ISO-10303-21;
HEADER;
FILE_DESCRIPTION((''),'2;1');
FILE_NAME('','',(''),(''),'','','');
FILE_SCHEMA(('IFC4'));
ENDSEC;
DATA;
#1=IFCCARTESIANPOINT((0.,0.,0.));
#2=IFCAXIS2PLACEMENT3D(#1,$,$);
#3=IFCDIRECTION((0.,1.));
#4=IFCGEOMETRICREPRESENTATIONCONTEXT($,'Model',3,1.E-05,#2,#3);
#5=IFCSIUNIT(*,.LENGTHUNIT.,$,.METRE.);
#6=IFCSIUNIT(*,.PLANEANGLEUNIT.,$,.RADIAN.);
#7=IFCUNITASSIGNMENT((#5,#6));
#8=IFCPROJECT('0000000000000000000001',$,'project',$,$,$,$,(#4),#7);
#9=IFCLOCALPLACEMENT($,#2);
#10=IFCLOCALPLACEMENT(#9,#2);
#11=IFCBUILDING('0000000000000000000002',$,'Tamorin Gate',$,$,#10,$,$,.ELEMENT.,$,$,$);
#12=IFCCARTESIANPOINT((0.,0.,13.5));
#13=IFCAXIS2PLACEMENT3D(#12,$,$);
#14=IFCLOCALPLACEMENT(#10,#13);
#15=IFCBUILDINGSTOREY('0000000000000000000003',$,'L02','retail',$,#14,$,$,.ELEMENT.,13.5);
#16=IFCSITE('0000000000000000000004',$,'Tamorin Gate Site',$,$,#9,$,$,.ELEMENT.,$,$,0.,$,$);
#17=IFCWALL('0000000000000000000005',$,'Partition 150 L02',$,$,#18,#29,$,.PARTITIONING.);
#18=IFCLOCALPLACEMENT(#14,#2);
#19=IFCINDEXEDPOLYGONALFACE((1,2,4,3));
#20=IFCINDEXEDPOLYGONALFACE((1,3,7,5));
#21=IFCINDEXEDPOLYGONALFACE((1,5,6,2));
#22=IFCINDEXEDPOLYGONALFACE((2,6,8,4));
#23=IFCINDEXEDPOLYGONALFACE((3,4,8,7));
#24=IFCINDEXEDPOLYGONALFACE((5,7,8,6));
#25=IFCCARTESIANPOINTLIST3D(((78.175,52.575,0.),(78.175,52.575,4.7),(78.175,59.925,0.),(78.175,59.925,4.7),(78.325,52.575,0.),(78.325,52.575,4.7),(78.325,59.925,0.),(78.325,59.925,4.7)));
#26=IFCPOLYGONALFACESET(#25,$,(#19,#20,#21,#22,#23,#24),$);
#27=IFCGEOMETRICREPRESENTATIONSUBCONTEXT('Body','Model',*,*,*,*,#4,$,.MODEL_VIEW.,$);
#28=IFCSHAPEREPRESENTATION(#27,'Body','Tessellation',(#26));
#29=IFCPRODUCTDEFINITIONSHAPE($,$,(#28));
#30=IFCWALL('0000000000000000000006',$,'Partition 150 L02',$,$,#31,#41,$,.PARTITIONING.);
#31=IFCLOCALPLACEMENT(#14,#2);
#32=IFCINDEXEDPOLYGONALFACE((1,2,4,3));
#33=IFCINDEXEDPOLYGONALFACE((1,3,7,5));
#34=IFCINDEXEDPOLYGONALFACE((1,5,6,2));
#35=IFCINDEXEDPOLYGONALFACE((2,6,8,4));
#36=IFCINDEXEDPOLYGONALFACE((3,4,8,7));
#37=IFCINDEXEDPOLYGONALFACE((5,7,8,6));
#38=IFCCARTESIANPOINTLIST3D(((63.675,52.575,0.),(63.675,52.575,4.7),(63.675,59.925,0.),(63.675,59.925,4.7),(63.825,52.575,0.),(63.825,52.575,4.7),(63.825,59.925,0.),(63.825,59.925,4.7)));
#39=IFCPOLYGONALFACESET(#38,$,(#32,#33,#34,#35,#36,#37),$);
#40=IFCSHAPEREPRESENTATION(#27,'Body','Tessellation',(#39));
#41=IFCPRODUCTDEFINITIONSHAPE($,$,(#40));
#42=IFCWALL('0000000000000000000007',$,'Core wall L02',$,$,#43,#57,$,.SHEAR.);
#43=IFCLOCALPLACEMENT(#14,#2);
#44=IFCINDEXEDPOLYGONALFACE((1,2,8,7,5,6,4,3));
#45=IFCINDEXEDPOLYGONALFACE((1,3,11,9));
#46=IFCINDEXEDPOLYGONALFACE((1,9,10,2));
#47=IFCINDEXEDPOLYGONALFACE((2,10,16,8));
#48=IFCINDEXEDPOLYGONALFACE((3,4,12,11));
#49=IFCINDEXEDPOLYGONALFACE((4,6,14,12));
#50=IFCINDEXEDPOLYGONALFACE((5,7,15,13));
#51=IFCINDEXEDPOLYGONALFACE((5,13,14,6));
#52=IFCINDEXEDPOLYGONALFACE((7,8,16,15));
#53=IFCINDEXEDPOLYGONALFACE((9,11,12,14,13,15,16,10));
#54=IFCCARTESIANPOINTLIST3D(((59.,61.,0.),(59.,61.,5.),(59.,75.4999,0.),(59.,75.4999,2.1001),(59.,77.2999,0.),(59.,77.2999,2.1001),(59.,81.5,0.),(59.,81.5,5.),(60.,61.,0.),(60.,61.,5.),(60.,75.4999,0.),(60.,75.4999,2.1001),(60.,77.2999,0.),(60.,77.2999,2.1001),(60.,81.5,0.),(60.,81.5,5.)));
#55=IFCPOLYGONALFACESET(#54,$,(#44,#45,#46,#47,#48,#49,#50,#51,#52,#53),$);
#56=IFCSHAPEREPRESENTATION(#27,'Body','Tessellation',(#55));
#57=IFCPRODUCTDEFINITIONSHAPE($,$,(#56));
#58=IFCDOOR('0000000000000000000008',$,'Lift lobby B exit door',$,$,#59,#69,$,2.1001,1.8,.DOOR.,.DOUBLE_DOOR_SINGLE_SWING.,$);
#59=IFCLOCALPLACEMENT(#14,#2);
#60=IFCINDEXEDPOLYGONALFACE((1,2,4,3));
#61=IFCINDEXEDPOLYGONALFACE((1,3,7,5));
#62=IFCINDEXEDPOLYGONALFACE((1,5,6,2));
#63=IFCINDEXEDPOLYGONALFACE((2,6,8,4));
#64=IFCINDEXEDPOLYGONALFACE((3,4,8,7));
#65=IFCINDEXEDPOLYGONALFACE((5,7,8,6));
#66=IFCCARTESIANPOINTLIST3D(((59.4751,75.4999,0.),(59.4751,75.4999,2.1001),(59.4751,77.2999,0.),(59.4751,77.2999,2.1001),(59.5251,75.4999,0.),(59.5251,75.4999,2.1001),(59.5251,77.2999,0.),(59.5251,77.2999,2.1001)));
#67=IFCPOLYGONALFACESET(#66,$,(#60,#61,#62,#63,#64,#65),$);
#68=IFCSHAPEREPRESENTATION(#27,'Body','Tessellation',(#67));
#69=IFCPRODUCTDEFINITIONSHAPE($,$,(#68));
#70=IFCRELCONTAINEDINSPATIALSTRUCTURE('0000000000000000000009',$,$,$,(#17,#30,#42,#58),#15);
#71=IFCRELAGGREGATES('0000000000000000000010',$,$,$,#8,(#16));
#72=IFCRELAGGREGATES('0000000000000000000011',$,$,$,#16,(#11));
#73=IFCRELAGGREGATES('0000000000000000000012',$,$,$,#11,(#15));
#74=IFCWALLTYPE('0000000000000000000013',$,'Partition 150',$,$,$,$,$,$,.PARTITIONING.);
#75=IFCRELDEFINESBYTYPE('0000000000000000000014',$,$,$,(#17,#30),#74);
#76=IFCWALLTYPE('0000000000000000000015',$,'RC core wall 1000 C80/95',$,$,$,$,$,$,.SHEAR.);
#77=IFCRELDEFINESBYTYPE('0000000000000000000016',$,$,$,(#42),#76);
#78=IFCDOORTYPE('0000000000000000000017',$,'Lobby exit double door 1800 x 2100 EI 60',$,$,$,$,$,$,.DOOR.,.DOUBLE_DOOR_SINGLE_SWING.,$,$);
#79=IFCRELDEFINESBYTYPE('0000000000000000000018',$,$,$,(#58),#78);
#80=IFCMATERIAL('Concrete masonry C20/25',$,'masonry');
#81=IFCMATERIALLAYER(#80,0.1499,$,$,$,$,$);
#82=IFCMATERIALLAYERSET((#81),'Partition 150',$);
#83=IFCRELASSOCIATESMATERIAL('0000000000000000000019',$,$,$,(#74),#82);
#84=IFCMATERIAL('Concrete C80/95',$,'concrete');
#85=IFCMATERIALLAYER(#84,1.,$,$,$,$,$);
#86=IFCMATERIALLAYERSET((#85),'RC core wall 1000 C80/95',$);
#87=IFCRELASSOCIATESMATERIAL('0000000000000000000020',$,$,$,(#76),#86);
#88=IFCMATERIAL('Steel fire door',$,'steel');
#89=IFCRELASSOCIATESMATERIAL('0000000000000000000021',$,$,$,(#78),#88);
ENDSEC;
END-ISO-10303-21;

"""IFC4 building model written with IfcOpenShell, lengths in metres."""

from ifc_helpers import new_model, si_unit, direction, frame, frame_2d, origin, place, context, subcontext, project, spatial, rectangle, extrude, material, layer, layer_set, type_object, element, fill, save


model = new_model("IFC4")

# Units and contexts
model_context = context("Model", 3, precision=1e-05, world=origin(), true_north=direction((0.0, 1.0)))
body_context = subcontext(model_context, "Body", "Model", "MODEL_VIEW")
ifc_project = project(units=[si_unit("LENGTHUNIT", "METRE"), si_unit("PLANEANGLEUNIT", "RADIAN")], contexts=[model_context])

# Site, building, storey
site_placement = place(None, origin())
site = spatial("IfcSite", under=ifc_project, at=site_placement, Name="Tamorin Gate Site", CompositionType="ELEMENT", RefElevation=0.0)
building_placement = place(site_placement, origin())
building = spatial("IfcBuilding", under=site, at=building_placement, Name="Tamorin Gate", CompositionType="ELEMENT")
storey_placement = place(building_placement, frame((0.0, 0.0, 13.5)))
storey = spatial("IfcBuildingStorey", under=building, at=storey_placement, Name="L02", Description="retail", CompositionType="ELEMENT", Elevation=13.5)

# Shared definitions
ifc_material_1 = material(Name="Concrete C80/95", Category="concrete")

# Shared definitions
ifc_material_2 = material(Name="Concrete masonry C20/25", Category="masonry")
ifc_layer_1 = layer(ifc_material_2, 0.1499)
ifc_layer_set_1 = layer_set([ifc_layer_1], Name="Partition 150")
wall_type_1 = type_object("IfcWallType", Name="Partition 150", PredefinedType="PARTITIONING", material=ifc_layer_set_1)

# Walls
for number, where, z_axis, x_axis, name in (
    (1, (78.25, 52.575, 0.0), (0.0, 0.0, 1.0), (0.0, 1.0, 0.0), "Partition 150 L02"),
    (2, (63.75, 52.575, 0.0), (0.0, 0.0, 1.0), (0.0, 1.0, 0.0), "Partition 150 L02"),
):
    element("IfcWall", number, at=place(storey_placement, frame(where, z_axis=z_axis, x_axis=x_axis)), inside=storey, type_object=wall_type_1, Name=name, PredefinedType="PARTITIONING", context=body_context, shape_type="SweptSolid", body=[
        extrude(rectangle(XDim=7.3501, YDim=0.1499, at=frame_2d((3.675, 0.0))), origin(), (0.0, 0.0, 1.0), 4.7),
    ])

# Wall, opening, door
ifc_layer_2 = layer(ifc_material_1, 1.0)
ifc_layer_set_2 = layer_set([ifc_layer_2], Name="RC core wall 1000 C80/95")
wall_type_2 = type_object("IfcWallType", Name="RC core wall 1000 C80/95", PredefinedType="SHEAR", material=ifc_layer_set_2)
wall_1_placement = place(storey_placement, frame((59.5, 61.0, 0.0), z_axis=(0.0, 0.0, 1.0), x_axis=(0.0, 1.0, 0.0)))
wall_1 = element("IfcWall", 3, at=wall_1_placement, inside=storey, type_object=wall_type_2, Name="Core wall L02", PredefinedType="SHEAR", context=body_context, shape_type="SweptSolid", body=[
    extrude(rectangle(XDim=20.5, YDim=1.0, at=frame_2d((10.25, 0.0))), origin(), (0.0, 0.0, 1.0), 5.0),
])
opening_1_placement = place(wall_1_placement, frame((14.5, 0.0, 0.0)))
opening_1 = element("IfcOpeningElement", 4, at=opening_1_placement, cuts=wall_1, PredefinedType="OPENING", context=body_context, shape_type="SweptSolid", body=[
    extrude(rectangle(XDim=1.8, YDim=2.1001, at=frame_2d((0.8999, 1.05))), frame((0.0, 0.51, 0.0), z_axis=(0.0, -1.0, 0.0), x_axis=(1.0, 0.0, 0.0)), (0.0, 0.0, 1.0), 1.02),
])
ifc_material_3 = material(Name="Steel fire door", Category="steel")
door_type_1 = type_object("IfcDoorType", Name="Lobby exit double door 1800 x 2100 EI 60", OperationType="DOUBLE_DOOR_SINGLE_SWING", PredefinedType="DOOR", material=ifc_material_3)
door_1_placement = place(opening_1_placement, origin())
door_1 = element("IfcDoor", 5, at=door_1_placement, inside=storey, type_object=door_type_1, Name="Lift lobby B exit door", OperationType="DOUBLE_DOOR_SINGLE_SWING", OverallHeight=2.1001, OverallWidth=1.8, PredefinedType="DOOR", context=body_context, shape_type="SweptSolid", body=[
    extrude(rectangle(XDim=1.8, YDim=2.1001, at=frame_2d((0.8999, 1.05))), frame((0.0, 0.0249, 0.0), z_axis=(0.0, -1.0, 0.0), x_axis=(1.0, 0.0, 0.0)), (0.0, 0.0, 1.0), 0.05),
])
fill(opening_1, door_1)

save(model, "model.ifc")
